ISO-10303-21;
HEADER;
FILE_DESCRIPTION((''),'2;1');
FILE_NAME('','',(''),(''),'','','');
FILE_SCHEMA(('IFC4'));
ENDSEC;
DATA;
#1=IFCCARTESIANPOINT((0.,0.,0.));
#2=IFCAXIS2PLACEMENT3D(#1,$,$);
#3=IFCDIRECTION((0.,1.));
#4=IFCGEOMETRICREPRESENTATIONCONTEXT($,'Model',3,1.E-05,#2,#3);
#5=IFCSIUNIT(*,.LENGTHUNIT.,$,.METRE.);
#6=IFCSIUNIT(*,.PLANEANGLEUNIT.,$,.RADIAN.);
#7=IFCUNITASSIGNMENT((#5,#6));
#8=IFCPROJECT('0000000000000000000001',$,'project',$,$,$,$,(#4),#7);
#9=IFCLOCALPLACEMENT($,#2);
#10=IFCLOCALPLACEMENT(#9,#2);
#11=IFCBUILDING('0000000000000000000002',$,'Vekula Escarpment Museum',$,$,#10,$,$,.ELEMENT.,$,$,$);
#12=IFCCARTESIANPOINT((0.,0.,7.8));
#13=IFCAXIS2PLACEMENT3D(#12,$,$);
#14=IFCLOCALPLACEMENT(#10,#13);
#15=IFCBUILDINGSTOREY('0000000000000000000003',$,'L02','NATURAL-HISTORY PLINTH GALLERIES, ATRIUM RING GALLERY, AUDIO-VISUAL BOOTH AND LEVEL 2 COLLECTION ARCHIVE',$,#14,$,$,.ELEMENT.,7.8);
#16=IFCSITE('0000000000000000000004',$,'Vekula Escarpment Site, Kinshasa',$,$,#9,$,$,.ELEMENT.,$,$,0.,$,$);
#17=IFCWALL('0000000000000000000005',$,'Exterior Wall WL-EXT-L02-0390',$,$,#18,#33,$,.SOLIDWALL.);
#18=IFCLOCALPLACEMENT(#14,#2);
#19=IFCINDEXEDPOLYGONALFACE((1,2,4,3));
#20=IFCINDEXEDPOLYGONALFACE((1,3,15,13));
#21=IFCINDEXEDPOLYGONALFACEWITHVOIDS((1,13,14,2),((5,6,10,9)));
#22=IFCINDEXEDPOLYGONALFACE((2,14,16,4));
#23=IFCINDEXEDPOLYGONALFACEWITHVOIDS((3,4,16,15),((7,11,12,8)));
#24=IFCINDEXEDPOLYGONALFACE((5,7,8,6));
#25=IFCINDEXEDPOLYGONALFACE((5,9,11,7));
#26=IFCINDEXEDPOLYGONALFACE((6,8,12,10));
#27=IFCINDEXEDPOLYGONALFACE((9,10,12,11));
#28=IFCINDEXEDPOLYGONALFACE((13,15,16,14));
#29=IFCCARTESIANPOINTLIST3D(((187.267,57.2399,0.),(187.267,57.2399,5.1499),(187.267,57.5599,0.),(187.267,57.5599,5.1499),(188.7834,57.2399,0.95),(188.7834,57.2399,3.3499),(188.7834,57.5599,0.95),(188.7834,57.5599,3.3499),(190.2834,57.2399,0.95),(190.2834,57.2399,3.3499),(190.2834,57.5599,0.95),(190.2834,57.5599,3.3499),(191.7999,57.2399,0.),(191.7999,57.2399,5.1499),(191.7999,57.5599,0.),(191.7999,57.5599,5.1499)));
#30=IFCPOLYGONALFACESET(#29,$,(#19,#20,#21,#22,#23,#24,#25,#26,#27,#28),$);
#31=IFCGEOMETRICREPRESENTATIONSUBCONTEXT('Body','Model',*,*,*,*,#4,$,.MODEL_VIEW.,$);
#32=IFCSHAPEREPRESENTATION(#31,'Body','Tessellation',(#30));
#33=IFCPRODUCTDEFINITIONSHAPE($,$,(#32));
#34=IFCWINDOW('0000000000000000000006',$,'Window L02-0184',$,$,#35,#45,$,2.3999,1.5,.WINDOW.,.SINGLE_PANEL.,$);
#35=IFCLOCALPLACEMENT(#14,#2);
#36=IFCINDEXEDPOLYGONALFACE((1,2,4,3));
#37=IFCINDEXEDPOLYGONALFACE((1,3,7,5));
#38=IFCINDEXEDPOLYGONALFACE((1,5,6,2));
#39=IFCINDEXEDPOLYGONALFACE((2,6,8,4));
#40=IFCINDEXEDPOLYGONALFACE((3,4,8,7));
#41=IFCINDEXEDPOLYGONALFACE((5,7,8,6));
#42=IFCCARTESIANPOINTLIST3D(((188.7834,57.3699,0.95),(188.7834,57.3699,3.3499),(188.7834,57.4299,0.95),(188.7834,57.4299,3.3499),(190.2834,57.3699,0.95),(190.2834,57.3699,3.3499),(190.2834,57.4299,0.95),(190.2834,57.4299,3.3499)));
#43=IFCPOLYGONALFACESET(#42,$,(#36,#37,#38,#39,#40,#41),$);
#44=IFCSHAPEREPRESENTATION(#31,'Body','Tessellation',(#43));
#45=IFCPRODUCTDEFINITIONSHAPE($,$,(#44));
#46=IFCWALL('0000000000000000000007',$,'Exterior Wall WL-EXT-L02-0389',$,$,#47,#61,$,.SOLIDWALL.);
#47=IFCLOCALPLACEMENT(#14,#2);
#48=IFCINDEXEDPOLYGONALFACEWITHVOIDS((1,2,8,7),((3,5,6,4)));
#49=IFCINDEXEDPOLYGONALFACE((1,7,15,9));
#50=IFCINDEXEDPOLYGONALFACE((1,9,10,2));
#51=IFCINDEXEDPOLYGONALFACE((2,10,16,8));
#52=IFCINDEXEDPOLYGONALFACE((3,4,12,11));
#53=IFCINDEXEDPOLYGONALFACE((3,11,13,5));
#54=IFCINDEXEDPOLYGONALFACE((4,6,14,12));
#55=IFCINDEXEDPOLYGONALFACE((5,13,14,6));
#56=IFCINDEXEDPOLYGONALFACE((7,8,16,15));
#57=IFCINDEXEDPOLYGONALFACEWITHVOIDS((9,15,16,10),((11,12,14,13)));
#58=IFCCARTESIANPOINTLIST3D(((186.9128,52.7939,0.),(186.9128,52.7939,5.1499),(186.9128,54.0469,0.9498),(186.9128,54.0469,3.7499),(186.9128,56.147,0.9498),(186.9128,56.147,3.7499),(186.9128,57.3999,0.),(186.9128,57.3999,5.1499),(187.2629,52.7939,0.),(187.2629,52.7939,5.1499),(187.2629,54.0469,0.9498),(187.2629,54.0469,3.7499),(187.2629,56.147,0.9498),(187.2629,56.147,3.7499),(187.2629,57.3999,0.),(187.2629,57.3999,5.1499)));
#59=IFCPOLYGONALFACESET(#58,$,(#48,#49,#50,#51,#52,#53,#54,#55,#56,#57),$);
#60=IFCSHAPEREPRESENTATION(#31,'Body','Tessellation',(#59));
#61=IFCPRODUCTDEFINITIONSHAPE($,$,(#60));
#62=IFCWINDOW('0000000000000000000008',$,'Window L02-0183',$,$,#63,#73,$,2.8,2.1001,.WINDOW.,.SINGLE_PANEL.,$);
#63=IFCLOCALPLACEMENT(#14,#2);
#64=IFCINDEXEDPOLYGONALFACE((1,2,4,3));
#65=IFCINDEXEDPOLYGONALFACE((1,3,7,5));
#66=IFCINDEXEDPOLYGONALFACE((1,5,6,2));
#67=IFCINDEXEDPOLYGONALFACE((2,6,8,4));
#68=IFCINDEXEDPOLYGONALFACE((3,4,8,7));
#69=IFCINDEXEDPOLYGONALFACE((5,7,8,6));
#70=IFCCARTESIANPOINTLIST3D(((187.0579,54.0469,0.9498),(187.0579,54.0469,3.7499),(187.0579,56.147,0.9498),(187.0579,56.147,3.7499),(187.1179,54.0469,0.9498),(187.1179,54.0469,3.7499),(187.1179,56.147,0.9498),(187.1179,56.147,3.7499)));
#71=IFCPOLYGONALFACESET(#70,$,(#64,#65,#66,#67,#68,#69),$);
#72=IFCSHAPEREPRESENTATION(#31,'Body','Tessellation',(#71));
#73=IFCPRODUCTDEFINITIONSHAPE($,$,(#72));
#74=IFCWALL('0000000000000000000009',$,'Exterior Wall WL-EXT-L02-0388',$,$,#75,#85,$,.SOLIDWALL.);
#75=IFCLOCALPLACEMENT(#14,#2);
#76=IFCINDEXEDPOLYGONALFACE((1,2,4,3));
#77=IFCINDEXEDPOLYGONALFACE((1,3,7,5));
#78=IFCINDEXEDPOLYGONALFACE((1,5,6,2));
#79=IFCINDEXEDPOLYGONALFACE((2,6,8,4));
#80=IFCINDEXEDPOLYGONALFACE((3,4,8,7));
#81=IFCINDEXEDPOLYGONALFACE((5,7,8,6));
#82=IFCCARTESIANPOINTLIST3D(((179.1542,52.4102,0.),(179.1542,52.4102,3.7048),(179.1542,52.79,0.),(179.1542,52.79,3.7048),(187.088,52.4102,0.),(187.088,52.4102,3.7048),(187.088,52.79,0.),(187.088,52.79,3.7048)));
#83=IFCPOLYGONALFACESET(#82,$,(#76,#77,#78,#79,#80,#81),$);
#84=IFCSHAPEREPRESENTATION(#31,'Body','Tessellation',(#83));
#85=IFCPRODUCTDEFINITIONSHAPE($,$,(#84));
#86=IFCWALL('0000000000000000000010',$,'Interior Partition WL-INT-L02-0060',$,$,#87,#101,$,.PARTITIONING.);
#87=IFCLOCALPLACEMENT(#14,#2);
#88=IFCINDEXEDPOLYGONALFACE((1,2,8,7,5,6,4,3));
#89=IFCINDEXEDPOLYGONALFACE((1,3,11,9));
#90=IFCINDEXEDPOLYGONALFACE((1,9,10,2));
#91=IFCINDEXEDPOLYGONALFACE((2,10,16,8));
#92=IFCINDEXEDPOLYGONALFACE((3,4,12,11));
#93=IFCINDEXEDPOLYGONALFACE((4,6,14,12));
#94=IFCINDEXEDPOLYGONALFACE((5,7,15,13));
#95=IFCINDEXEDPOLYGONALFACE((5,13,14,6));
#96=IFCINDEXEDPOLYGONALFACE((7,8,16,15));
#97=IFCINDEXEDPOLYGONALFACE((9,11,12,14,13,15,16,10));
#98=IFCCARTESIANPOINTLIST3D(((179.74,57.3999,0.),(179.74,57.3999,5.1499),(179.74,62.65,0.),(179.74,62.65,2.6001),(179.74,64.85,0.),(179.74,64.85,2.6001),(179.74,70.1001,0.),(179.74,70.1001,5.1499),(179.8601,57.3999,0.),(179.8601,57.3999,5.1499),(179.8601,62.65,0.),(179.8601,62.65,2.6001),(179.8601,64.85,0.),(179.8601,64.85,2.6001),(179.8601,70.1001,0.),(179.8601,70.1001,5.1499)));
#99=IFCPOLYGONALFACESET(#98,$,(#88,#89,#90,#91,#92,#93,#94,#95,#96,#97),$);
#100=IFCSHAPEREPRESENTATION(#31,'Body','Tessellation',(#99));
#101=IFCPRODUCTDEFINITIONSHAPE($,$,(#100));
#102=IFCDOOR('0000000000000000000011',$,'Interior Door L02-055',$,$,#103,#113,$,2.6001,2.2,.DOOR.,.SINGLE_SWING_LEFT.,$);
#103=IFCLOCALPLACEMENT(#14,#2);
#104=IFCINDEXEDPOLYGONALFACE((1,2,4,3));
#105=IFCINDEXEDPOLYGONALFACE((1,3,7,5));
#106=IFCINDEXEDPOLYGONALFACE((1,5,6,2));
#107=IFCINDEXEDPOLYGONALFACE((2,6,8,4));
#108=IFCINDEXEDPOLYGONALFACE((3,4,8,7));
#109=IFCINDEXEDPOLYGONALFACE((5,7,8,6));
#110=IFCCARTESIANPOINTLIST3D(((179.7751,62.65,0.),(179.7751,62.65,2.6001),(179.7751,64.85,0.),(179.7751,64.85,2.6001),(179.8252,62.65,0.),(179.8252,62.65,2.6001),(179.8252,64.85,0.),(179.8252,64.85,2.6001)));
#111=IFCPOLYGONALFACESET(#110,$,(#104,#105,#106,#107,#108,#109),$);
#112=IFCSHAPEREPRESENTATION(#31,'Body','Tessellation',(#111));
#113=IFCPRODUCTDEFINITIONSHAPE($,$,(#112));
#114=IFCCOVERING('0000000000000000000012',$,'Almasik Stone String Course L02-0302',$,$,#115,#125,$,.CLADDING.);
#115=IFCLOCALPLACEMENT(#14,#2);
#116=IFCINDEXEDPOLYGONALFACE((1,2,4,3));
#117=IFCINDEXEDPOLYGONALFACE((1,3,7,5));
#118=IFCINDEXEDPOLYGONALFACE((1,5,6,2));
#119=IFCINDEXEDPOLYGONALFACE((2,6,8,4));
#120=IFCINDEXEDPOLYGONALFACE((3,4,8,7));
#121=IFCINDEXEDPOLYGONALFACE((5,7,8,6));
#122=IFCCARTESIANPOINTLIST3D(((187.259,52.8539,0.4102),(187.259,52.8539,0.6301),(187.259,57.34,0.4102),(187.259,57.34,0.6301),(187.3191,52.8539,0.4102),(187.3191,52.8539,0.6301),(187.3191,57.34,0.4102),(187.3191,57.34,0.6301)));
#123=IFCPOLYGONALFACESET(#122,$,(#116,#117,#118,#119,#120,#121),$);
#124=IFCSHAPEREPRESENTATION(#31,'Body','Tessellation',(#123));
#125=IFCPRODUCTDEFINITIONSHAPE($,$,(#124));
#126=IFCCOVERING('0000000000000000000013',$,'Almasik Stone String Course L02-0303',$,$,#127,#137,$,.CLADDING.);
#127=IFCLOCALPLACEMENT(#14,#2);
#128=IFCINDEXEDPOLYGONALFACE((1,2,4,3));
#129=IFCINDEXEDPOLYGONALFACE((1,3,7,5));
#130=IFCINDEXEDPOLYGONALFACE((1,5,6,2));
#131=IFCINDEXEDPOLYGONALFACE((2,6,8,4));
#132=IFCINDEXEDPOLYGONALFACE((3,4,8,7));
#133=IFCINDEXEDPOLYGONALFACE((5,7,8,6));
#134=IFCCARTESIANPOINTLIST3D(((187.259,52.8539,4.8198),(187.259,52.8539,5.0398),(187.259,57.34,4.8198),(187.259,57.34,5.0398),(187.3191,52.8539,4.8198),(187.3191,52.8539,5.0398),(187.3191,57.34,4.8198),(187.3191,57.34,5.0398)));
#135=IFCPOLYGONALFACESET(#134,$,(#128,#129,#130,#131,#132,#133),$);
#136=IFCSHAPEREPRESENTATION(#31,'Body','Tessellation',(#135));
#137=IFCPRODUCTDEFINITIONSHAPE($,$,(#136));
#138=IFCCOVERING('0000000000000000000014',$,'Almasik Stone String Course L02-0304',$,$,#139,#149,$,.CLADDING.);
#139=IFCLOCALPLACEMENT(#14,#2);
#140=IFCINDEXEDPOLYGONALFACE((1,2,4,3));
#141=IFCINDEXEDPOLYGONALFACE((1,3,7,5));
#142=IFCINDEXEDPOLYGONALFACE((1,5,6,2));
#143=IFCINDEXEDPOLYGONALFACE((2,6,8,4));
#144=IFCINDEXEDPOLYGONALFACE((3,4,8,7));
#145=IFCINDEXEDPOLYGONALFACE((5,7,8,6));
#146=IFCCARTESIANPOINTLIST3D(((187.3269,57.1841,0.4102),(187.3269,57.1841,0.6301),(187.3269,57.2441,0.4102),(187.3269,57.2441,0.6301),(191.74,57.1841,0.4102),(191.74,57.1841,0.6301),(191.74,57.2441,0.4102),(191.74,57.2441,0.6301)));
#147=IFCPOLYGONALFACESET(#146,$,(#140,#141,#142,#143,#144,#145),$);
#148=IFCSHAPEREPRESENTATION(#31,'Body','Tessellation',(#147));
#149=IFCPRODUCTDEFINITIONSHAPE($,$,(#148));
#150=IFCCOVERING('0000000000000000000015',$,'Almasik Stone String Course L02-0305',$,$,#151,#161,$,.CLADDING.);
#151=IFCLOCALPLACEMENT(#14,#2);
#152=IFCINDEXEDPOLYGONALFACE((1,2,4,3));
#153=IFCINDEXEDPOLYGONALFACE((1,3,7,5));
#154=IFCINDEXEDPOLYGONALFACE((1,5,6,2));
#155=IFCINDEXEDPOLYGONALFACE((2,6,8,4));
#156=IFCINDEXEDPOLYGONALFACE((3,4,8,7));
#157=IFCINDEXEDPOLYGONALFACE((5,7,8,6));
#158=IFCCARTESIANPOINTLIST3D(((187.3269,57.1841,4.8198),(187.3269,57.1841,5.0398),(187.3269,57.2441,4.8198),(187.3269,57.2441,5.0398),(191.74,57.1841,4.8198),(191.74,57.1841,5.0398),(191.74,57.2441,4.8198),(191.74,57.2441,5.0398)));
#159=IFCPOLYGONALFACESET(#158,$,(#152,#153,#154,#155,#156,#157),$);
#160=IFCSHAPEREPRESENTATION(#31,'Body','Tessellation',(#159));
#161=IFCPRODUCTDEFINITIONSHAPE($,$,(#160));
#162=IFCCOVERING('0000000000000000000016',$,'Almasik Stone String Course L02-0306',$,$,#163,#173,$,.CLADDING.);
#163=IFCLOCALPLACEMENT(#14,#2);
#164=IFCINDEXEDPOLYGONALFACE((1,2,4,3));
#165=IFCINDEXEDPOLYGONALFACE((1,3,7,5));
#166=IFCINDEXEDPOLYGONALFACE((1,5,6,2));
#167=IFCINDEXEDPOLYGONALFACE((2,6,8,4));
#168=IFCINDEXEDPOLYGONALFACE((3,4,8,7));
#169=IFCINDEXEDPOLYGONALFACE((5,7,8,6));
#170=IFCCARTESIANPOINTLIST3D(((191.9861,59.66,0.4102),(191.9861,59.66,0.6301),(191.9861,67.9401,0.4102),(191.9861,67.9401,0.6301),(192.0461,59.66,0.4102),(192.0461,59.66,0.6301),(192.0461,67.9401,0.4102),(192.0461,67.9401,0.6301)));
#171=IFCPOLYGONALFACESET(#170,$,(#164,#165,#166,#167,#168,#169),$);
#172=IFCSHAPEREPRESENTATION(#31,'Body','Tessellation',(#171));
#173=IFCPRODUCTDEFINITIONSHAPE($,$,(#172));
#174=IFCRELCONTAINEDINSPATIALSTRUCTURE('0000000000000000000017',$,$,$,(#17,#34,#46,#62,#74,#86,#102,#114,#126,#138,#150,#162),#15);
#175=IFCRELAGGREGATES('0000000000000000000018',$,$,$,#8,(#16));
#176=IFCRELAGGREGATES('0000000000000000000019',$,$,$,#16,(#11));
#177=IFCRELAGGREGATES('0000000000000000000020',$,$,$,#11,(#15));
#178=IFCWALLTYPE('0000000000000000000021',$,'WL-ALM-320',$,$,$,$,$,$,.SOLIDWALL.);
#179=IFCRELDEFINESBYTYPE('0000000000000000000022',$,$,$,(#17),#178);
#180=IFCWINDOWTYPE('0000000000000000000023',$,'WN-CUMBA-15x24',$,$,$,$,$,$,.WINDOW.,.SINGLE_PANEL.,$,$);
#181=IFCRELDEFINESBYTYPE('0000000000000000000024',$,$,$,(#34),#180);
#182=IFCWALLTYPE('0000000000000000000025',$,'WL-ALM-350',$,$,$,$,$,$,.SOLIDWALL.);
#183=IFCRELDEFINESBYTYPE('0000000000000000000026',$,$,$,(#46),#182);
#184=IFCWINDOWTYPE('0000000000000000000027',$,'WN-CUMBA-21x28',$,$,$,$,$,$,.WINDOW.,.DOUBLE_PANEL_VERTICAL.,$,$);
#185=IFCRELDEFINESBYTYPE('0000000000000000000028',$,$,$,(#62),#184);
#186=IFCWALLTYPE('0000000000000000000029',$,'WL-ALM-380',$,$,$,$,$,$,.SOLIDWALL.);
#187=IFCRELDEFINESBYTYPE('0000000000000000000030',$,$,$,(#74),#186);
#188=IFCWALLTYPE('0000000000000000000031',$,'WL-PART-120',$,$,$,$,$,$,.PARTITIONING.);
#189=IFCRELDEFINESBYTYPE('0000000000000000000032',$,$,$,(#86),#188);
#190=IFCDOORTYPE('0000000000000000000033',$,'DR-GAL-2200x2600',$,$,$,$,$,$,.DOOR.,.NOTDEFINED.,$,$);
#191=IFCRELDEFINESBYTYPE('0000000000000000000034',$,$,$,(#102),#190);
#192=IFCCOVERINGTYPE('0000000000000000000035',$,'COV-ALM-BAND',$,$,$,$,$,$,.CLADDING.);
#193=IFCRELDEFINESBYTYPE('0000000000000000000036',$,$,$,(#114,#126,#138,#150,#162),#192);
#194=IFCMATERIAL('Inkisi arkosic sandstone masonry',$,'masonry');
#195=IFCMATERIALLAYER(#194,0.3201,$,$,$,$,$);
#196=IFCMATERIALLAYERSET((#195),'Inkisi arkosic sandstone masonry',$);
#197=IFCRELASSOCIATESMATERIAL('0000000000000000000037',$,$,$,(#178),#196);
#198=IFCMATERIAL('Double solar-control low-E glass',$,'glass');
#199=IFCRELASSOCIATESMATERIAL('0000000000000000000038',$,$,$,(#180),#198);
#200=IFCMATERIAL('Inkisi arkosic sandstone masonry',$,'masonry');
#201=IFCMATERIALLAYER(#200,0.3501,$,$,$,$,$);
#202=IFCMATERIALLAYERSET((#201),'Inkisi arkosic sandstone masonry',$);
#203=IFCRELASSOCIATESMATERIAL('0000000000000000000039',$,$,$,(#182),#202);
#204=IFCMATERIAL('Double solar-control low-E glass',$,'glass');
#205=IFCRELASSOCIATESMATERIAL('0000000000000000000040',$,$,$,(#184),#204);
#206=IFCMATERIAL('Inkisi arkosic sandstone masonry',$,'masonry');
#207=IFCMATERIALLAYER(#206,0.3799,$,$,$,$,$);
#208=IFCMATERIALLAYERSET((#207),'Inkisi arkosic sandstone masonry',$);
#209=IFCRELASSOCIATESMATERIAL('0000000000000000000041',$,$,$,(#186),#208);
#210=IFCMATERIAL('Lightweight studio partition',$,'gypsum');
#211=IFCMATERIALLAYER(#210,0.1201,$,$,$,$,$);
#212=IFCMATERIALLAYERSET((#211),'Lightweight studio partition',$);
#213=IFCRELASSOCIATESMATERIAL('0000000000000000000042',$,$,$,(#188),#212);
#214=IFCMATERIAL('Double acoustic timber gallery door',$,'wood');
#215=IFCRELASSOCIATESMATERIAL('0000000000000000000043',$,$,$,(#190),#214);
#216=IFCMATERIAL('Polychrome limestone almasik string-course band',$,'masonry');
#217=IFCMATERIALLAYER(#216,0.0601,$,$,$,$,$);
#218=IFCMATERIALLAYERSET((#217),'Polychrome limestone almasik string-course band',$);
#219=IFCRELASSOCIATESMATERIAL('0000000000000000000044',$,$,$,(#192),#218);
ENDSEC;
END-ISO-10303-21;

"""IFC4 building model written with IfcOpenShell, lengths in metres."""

from ifc_helpers import new_model, si_unit, direction, frame, frame_2d, origin, origin_2d, place, context, subcontext, project, spatial, rectangle, extrude, material, layer, layer_set, type_object, element, fill, save


model = new_model("IFC4")

# Units and contexts
model_context = context("Model", 3, precision=1e-05, world=origin(), true_north=direction((0.0, 1.0)))
body_context = subcontext(model_context, "Body", "Model", "MODEL_VIEW")
ifc_project = project(units=[si_unit("LENGTHUNIT", "METRE"), si_unit("PLANEANGLEUNIT", "RADIAN")], contexts=[model_context])

# Site, building, storey
site_placement = place(None, origin())
site = spatial("IfcSite", under=ifc_project, at=site_placement, Name="Vekula Escarpment Site, Kinshasa", CompositionType="ELEMENT", RefElevation=0.0)
building_placement = place(site_placement, origin())
building = spatial("IfcBuilding", under=site, at=building_placement, Name="Vekula Escarpment Museum", CompositionType="ELEMENT")
storey_placement = place(building_placement, frame((0.0, 0.0, 7.8)))
storey = spatial("IfcBuildingStorey", under=building, at=storey_placement, Name="L02", Description="NATURAL-HISTORY PLINTH GALLERIES, ATRIUM RING GALLERY, AUDIO-VISUAL BOOTH AND LEVEL 2 COLLECTION ARCHIVE", CompositionType="ELEMENT", Elevation=7.8)

# Walls, openings, windows
ifc_material_1 = material(Name="Inkisi arkosic sandstone masonry", Category="masonry")
ifc_layer_1 = layer(ifc_material_1, 0.3201)
ifc_layer_set_1 = layer_set([ifc_layer_1], Name="Inkisi arkosic sandstone masonry")
wall_type_1 = type_object("IfcWallType", Name="WL-ALM-320", PredefinedType="SOLIDWALL", material=ifc_layer_set_1)
wall_1_placement = place(storey_placement, frame((191.8, 57.3999, 0.0), z_axis=(0.0, 0.0, 1.0), x_axis=(-1.0, 0.0, 0.0)))
wall_1 = element("IfcWall", 1, at=wall_1_placement, inside=storey, type_object=wall_type_1, Name="Exterior Wall WL-EXT-L02-0390", PredefinedType="SOLIDWALL", context=body_context, shape_type="SweptSolid", body=[
    extrude(rectangle(XDim=4.533, YDim=0.3201, at=frame_2d((2.2666, 0.0))), origin(), (0.0, 0.0, 1.0), 5.1499),
])
opening_1_placement = place(wall_1_placement, frame((1.5166, 0.0, 0.95)))
opening_1 = element("IfcOpeningElement", 2, at=opening_1_placement, cuts=wall_1, PredefinedType="OPENING", context=body_context, shape_type="SweptSolid", body=[
    extrude(rectangle(XDim=1.5, YDim=2.3999, at=frame_2d((0.75, 1.2))), frame((0.0, 0.1699, 0.0), z_axis=(0.0, -1.0, 0.0), x_axis=(1.0, 0.0, 0.0)), (0.0, 0.0, 1.0), 0.3401),
])
ifc_material_2 = material(Name="Double solar-control low-E glass", Category="glass")
window_type_1 = type_object("IfcWindowType", Name="WN-CUMBA-15x24", PartitioningType="SINGLE_PANEL", PredefinedType="WINDOW", material=ifc_material_2)
window_1_placement = place(opening_1_placement, origin())
window_1 = element("IfcWindow", 3, at=window_1_placement, inside=storey, type_object=window_type_1, Name="Window L02-0184", OverallHeight=2.3999, OverallWidth=1.5, PartitioningType="SINGLE_PANEL", PredefinedType="WINDOW", context=body_context, shape_type="SweptSolid", body=[
    extrude(rectangle(XDim=1.5, YDim=2.3999, at=frame_2d((0.75, 1.2))), frame((0.0, 0.03, 0.0), z_axis=(0.0, -1.0, 0.0), x_axis=(1.0, 0.0, 0.0)), (0.0, 0.0, 1.0), 0.0601),
])
fill(opening_1, window_1)
ifc_material_3 = material(Name="Inkisi arkosic sandstone masonry", Category="masonry")
ifc_layer_2 = layer(ifc_material_3, 0.3501)
ifc_layer_set_2 = layer_set([ifc_layer_2], Name="Inkisi arkosic sandstone masonry")
wall_type_2 = type_object("IfcWallType", Name="WL-ALM-350", PredefinedType="SOLIDWALL", material=ifc_layer_set_2)
wall_2_placement = place(storey_placement, frame((187.0879, 57.3999, 0.0), z_axis=(0.0, 0.0, 1.0), x_axis=(0.0, -1.0, 0.0)))
wall_2 = element("IfcWall", 4, at=wall_2_placement, inside=storey, type_object=wall_type_2, Name="Exterior Wall WL-EXT-L02-0389", PredefinedType="SOLIDWALL", context=body_context, shape_type="SweptSolid", body=[
    extrude(rectangle(XDim=4.606, YDim=0.3501, at=frame_2d((2.303, 0.0))), origin(), (0.0, 0.0, 1.0), 5.1499),
])
opening_2_placement = place(wall_2_placement, frame((1.2529, 0.0, 0.95)))
opening_2 = element("IfcOpeningElement", 5, at=opening_2_placement, cuts=wall_2, PredefinedType="OPENING", context=body_context, shape_type="SweptSolid", body=[
    extrude(rectangle(XDim=2.1001, YDim=2.8, at=frame_2d((1.05, 1.3999))), frame((0.0, 0.1851, 0.0), z_axis=(0.0, -1.0, 0.0), x_axis=(1.0, 0.0, 0.0)), (0.0, 0.0, 1.0), 0.3701),
])
ifc_material_4 = material(Name="Double solar-control low-E glass", Category="glass")
window_type_2 = type_object("IfcWindowType", Name="WN-CUMBA-21x28", PartitioningType="DOUBLE_PANEL_VERTICAL", PredefinedType="WINDOW", material=ifc_material_4)
window_2_placement = place(opening_2_placement, origin())
window_2 = element("IfcWindow", 6, at=window_2_placement, inside=storey, type_object=window_type_2, Name="Window L02-0183", OverallHeight=2.8, OverallWidth=2.1001, PartitioningType="SINGLE_PANEL", PredefinedType="WINDOW", context=body_context, shape_type="SweptSolid", body=[
    extrude(rectangle(XDim=2.1001, YDim=2.8, at=frame_2d((1.05, 1.3999))), frame((0.0, 0.03, 0.0), z_axis=(0.0, -1.0, 0.0), x_axis=(1.0, 0.0, 0.0)), (0.0, 0.0, 1.0), 0.0601),
])
fill(opening_2, window_2)

# Wall
ifc_material_5 = material(Name="Inkisi arkosic sandstone masonry", Category="masonry")
ifc_layer_3 = layer(ifc_material_5, 0.3799)
ifc_layer_set_3 = layer_set([ifc_layer_3], Name="Inkisi arkosic sandstone masonry")
wall_type_3 = type_object("IfcWallType", Name="WL-ALM-380", PredefinedType="SOLIDWALL", material=ifc_layer_set_3)
wall_3_placement = place(storey_placement, frame((187.0879, 52.6001, 0.0), z_axis=(0.0, 0.0, 1.0), x_axis=(-1.0, 0.0, 0.0)))
element("IfcWall", 7, at=wall_3_placement, inside=storey, type_object=wall_type_3, Name="Exterior Wall WL-EXT-L02-0388", PredefinedType="SOLIDWALL", context=body_context, shape_type="SweptSolid", body=[
    extrude(rectangle(XDim=7.9338, YDim=0.3799, at=frame_2d((3.9668, 0.0))), origin(), (0.0, 0.0, 1.0), 3.7048),
])

# Wall, opening, door
ifc_material_6 = material(Name="Lightweight studio partition", Category="gypsum")
ifc_layer_4 = layer(ifc_material_6, 0.1201)
ifc_layer_set_4 = layer_set([ifc_layer_4], Name="Lightweight studio partition")
wall_type_4 = type_object("IfcWallType", Name="WL-PART-120", PredefinedType="PARTITIONING", material=ifc_layer_set_4)
wall_4_placement = place(storey_placement, frame((179.8, 57.3999, 0.0), z_axis=(0.0, 0.0, 1.0), x_axis=(0.0, 1.0, 0.0)))
wall_4 = element("IfcWall", 8, at=wall_4_placement, inside=storey, type_object=wall_type_4, Name="Interior Partition WL-INT-L02-0060", PredefinedType="PARTITIONING", context=body_context, shape_type="SweptSolid", body=[
    extrude(rectangle(XDim=12.7002, YDim=0.1201, at=frame_2d((6.3501, 0.0))), origin(), (0.0, 0.0, 1.0), 5.1499),
])
opening_3_placement = place(wall_4_placement, frame((5.25, 0.0, 0.0)))
opening_3 = element("IfcOpeningElement", 9, at=opening_3_placement, cuts=wall_4, PredefinedType="OPENING", context=body_context, shape_type="SweptSolid", body=[
    extrude(rectangle(XDim=2.2, YDim=2.6001, at=frame_2d((1.1001, 1.3))), frame((0.0, 0.0701, 0.0), z_axis=(0.0, -1.0, 0.0), x_axis=(1.0, 0.0, 0.0)), (0.0, 0.0, 1.0), 0.1401),
])
ifc_material_7 = material(Name="Double acoustic timber gallery door", Category="wood")
door_type = type_object("IfcDoorType", Name="DR-GAL-2200x2600", OperationType="NOTDEFINED", PredefinedType="DOOR", material=ifc_material_7)
door_placement = place(opening_3_placement, origin())
door = element("IfcDoor", 10, at=door_placement, inside=storey, type_object=door_type, Name="Interior Door L02-055", OperationType="SINGLE_SWING_LEFT", OverallHeight=2.6001, OverallWidth=2.2, PredefinedType="DOOR", context=body_context, shape_type="SweptSolid", body=[
    extrude(rectangle(XDim=2.2, YDim=2.6001, at=frame_2d((1.1001, 1.3))), frame((0.0, 0.0249, 0.0), z_axis=(0.0, -1.0, 0.0), x_axis=(1.0, 0.0, 0.0)), (0.0, 0.0, 1.0), 0.05),
])
fill(opening_3, door)

# Coverings
ifc_material_8 = material(Name="Polychrome limestone almasik string-course band", Category="masonry")
ifc_layer_5 = layer(ifc_material_8, 0.0601)
ifc_layer_set_5 = layer_set([ifc_layer_5], Name="Polychrome limestone almasik string-course band")
covering_type = type_object("IfcCoveringType", Name="COV-ALM-BAND", PredefinedType="CLADDING", material=ifc_layer_set_5)
for number, where, z_axis, x_axis, name in (
    (11, (187.2891, 55.0969, 0.4102), (0.0, 0.0, 1.0), (0.0, 1.0, 0.0), "Almasik Stone String Course L02-0302"),
    (12, (187.2891, 55.0969, 4.8198), (0.0, 0.0, 1.0), (0.0, 1.0, 0.0), "Almasik Stone String Course L02-0303"),
):
    element("IfcCovering", number, at=place(storey_placement, frame(where, z_axis=z_axis, x_axis=x_axis)), inside=storey, type_object=covering_type, Name=name, PredefinedType="CLADDING", context=body_context, shape_type="SweptSolid", body=[
        extrude(rectangle(XDim=4.4861, YDim=0.0601, at=origin_2d()), origin(), (0.0, 0.0, 1.0), 0.22),
    ])
for number, where, z_axis, x_axis, name in (
    (13, (189.5334, 57.2141, 0.4102), (0.0, 0.0, 1.0), (1.0, 0.0, 0.0), "Almasik Stone String Course L02-0304"),
    (14, (189.5334, 57.2141, 4.8198), (0.0, 0.0, 1.0), (1.0, 0.0, 0.0), "Almasik Stone String Course L02-0305"),
):
    element("IfcCovering", number, at=place(storey_placement, frame(where, z_axis=z_axis, x_axis=x_axis)), inside=storey, type_object=covering_type, Name=name, PredefinedType="CLADDING", context=body_context, shape_type="SweptSolid", body=[
        extrude(rectangle(XDim=4.4131, YDim=0.0601, at=origin_2d()), origin(), (0.0, 0.0, 1.0), 0.22),
    ])
for number, where, z_axis, x_axis, name in (
    (15, (192.0161, 63.8, 0.4102), (0.0, 0.0, 1.0), (0.0, 1.0, 0.0), "Almasik Stone String Course L02-0306"),
):
    element("IfcCovering", number, at=place(storey_placement, frame(where, z_axis=z_axis, x_axis=x_axis)), inside=storey, type_object=covering_type, Name=name, PredefinedType="CLADDING", context=body_context, shape_type="SweptSolid", body=[
        extrude(rectangle(XDim=8.28, YDim=0.0601, at=origin_2d()), origin(), (0.0, 0.0, 1.0), 0.22),
    ])

save(model, "model.ifc")
